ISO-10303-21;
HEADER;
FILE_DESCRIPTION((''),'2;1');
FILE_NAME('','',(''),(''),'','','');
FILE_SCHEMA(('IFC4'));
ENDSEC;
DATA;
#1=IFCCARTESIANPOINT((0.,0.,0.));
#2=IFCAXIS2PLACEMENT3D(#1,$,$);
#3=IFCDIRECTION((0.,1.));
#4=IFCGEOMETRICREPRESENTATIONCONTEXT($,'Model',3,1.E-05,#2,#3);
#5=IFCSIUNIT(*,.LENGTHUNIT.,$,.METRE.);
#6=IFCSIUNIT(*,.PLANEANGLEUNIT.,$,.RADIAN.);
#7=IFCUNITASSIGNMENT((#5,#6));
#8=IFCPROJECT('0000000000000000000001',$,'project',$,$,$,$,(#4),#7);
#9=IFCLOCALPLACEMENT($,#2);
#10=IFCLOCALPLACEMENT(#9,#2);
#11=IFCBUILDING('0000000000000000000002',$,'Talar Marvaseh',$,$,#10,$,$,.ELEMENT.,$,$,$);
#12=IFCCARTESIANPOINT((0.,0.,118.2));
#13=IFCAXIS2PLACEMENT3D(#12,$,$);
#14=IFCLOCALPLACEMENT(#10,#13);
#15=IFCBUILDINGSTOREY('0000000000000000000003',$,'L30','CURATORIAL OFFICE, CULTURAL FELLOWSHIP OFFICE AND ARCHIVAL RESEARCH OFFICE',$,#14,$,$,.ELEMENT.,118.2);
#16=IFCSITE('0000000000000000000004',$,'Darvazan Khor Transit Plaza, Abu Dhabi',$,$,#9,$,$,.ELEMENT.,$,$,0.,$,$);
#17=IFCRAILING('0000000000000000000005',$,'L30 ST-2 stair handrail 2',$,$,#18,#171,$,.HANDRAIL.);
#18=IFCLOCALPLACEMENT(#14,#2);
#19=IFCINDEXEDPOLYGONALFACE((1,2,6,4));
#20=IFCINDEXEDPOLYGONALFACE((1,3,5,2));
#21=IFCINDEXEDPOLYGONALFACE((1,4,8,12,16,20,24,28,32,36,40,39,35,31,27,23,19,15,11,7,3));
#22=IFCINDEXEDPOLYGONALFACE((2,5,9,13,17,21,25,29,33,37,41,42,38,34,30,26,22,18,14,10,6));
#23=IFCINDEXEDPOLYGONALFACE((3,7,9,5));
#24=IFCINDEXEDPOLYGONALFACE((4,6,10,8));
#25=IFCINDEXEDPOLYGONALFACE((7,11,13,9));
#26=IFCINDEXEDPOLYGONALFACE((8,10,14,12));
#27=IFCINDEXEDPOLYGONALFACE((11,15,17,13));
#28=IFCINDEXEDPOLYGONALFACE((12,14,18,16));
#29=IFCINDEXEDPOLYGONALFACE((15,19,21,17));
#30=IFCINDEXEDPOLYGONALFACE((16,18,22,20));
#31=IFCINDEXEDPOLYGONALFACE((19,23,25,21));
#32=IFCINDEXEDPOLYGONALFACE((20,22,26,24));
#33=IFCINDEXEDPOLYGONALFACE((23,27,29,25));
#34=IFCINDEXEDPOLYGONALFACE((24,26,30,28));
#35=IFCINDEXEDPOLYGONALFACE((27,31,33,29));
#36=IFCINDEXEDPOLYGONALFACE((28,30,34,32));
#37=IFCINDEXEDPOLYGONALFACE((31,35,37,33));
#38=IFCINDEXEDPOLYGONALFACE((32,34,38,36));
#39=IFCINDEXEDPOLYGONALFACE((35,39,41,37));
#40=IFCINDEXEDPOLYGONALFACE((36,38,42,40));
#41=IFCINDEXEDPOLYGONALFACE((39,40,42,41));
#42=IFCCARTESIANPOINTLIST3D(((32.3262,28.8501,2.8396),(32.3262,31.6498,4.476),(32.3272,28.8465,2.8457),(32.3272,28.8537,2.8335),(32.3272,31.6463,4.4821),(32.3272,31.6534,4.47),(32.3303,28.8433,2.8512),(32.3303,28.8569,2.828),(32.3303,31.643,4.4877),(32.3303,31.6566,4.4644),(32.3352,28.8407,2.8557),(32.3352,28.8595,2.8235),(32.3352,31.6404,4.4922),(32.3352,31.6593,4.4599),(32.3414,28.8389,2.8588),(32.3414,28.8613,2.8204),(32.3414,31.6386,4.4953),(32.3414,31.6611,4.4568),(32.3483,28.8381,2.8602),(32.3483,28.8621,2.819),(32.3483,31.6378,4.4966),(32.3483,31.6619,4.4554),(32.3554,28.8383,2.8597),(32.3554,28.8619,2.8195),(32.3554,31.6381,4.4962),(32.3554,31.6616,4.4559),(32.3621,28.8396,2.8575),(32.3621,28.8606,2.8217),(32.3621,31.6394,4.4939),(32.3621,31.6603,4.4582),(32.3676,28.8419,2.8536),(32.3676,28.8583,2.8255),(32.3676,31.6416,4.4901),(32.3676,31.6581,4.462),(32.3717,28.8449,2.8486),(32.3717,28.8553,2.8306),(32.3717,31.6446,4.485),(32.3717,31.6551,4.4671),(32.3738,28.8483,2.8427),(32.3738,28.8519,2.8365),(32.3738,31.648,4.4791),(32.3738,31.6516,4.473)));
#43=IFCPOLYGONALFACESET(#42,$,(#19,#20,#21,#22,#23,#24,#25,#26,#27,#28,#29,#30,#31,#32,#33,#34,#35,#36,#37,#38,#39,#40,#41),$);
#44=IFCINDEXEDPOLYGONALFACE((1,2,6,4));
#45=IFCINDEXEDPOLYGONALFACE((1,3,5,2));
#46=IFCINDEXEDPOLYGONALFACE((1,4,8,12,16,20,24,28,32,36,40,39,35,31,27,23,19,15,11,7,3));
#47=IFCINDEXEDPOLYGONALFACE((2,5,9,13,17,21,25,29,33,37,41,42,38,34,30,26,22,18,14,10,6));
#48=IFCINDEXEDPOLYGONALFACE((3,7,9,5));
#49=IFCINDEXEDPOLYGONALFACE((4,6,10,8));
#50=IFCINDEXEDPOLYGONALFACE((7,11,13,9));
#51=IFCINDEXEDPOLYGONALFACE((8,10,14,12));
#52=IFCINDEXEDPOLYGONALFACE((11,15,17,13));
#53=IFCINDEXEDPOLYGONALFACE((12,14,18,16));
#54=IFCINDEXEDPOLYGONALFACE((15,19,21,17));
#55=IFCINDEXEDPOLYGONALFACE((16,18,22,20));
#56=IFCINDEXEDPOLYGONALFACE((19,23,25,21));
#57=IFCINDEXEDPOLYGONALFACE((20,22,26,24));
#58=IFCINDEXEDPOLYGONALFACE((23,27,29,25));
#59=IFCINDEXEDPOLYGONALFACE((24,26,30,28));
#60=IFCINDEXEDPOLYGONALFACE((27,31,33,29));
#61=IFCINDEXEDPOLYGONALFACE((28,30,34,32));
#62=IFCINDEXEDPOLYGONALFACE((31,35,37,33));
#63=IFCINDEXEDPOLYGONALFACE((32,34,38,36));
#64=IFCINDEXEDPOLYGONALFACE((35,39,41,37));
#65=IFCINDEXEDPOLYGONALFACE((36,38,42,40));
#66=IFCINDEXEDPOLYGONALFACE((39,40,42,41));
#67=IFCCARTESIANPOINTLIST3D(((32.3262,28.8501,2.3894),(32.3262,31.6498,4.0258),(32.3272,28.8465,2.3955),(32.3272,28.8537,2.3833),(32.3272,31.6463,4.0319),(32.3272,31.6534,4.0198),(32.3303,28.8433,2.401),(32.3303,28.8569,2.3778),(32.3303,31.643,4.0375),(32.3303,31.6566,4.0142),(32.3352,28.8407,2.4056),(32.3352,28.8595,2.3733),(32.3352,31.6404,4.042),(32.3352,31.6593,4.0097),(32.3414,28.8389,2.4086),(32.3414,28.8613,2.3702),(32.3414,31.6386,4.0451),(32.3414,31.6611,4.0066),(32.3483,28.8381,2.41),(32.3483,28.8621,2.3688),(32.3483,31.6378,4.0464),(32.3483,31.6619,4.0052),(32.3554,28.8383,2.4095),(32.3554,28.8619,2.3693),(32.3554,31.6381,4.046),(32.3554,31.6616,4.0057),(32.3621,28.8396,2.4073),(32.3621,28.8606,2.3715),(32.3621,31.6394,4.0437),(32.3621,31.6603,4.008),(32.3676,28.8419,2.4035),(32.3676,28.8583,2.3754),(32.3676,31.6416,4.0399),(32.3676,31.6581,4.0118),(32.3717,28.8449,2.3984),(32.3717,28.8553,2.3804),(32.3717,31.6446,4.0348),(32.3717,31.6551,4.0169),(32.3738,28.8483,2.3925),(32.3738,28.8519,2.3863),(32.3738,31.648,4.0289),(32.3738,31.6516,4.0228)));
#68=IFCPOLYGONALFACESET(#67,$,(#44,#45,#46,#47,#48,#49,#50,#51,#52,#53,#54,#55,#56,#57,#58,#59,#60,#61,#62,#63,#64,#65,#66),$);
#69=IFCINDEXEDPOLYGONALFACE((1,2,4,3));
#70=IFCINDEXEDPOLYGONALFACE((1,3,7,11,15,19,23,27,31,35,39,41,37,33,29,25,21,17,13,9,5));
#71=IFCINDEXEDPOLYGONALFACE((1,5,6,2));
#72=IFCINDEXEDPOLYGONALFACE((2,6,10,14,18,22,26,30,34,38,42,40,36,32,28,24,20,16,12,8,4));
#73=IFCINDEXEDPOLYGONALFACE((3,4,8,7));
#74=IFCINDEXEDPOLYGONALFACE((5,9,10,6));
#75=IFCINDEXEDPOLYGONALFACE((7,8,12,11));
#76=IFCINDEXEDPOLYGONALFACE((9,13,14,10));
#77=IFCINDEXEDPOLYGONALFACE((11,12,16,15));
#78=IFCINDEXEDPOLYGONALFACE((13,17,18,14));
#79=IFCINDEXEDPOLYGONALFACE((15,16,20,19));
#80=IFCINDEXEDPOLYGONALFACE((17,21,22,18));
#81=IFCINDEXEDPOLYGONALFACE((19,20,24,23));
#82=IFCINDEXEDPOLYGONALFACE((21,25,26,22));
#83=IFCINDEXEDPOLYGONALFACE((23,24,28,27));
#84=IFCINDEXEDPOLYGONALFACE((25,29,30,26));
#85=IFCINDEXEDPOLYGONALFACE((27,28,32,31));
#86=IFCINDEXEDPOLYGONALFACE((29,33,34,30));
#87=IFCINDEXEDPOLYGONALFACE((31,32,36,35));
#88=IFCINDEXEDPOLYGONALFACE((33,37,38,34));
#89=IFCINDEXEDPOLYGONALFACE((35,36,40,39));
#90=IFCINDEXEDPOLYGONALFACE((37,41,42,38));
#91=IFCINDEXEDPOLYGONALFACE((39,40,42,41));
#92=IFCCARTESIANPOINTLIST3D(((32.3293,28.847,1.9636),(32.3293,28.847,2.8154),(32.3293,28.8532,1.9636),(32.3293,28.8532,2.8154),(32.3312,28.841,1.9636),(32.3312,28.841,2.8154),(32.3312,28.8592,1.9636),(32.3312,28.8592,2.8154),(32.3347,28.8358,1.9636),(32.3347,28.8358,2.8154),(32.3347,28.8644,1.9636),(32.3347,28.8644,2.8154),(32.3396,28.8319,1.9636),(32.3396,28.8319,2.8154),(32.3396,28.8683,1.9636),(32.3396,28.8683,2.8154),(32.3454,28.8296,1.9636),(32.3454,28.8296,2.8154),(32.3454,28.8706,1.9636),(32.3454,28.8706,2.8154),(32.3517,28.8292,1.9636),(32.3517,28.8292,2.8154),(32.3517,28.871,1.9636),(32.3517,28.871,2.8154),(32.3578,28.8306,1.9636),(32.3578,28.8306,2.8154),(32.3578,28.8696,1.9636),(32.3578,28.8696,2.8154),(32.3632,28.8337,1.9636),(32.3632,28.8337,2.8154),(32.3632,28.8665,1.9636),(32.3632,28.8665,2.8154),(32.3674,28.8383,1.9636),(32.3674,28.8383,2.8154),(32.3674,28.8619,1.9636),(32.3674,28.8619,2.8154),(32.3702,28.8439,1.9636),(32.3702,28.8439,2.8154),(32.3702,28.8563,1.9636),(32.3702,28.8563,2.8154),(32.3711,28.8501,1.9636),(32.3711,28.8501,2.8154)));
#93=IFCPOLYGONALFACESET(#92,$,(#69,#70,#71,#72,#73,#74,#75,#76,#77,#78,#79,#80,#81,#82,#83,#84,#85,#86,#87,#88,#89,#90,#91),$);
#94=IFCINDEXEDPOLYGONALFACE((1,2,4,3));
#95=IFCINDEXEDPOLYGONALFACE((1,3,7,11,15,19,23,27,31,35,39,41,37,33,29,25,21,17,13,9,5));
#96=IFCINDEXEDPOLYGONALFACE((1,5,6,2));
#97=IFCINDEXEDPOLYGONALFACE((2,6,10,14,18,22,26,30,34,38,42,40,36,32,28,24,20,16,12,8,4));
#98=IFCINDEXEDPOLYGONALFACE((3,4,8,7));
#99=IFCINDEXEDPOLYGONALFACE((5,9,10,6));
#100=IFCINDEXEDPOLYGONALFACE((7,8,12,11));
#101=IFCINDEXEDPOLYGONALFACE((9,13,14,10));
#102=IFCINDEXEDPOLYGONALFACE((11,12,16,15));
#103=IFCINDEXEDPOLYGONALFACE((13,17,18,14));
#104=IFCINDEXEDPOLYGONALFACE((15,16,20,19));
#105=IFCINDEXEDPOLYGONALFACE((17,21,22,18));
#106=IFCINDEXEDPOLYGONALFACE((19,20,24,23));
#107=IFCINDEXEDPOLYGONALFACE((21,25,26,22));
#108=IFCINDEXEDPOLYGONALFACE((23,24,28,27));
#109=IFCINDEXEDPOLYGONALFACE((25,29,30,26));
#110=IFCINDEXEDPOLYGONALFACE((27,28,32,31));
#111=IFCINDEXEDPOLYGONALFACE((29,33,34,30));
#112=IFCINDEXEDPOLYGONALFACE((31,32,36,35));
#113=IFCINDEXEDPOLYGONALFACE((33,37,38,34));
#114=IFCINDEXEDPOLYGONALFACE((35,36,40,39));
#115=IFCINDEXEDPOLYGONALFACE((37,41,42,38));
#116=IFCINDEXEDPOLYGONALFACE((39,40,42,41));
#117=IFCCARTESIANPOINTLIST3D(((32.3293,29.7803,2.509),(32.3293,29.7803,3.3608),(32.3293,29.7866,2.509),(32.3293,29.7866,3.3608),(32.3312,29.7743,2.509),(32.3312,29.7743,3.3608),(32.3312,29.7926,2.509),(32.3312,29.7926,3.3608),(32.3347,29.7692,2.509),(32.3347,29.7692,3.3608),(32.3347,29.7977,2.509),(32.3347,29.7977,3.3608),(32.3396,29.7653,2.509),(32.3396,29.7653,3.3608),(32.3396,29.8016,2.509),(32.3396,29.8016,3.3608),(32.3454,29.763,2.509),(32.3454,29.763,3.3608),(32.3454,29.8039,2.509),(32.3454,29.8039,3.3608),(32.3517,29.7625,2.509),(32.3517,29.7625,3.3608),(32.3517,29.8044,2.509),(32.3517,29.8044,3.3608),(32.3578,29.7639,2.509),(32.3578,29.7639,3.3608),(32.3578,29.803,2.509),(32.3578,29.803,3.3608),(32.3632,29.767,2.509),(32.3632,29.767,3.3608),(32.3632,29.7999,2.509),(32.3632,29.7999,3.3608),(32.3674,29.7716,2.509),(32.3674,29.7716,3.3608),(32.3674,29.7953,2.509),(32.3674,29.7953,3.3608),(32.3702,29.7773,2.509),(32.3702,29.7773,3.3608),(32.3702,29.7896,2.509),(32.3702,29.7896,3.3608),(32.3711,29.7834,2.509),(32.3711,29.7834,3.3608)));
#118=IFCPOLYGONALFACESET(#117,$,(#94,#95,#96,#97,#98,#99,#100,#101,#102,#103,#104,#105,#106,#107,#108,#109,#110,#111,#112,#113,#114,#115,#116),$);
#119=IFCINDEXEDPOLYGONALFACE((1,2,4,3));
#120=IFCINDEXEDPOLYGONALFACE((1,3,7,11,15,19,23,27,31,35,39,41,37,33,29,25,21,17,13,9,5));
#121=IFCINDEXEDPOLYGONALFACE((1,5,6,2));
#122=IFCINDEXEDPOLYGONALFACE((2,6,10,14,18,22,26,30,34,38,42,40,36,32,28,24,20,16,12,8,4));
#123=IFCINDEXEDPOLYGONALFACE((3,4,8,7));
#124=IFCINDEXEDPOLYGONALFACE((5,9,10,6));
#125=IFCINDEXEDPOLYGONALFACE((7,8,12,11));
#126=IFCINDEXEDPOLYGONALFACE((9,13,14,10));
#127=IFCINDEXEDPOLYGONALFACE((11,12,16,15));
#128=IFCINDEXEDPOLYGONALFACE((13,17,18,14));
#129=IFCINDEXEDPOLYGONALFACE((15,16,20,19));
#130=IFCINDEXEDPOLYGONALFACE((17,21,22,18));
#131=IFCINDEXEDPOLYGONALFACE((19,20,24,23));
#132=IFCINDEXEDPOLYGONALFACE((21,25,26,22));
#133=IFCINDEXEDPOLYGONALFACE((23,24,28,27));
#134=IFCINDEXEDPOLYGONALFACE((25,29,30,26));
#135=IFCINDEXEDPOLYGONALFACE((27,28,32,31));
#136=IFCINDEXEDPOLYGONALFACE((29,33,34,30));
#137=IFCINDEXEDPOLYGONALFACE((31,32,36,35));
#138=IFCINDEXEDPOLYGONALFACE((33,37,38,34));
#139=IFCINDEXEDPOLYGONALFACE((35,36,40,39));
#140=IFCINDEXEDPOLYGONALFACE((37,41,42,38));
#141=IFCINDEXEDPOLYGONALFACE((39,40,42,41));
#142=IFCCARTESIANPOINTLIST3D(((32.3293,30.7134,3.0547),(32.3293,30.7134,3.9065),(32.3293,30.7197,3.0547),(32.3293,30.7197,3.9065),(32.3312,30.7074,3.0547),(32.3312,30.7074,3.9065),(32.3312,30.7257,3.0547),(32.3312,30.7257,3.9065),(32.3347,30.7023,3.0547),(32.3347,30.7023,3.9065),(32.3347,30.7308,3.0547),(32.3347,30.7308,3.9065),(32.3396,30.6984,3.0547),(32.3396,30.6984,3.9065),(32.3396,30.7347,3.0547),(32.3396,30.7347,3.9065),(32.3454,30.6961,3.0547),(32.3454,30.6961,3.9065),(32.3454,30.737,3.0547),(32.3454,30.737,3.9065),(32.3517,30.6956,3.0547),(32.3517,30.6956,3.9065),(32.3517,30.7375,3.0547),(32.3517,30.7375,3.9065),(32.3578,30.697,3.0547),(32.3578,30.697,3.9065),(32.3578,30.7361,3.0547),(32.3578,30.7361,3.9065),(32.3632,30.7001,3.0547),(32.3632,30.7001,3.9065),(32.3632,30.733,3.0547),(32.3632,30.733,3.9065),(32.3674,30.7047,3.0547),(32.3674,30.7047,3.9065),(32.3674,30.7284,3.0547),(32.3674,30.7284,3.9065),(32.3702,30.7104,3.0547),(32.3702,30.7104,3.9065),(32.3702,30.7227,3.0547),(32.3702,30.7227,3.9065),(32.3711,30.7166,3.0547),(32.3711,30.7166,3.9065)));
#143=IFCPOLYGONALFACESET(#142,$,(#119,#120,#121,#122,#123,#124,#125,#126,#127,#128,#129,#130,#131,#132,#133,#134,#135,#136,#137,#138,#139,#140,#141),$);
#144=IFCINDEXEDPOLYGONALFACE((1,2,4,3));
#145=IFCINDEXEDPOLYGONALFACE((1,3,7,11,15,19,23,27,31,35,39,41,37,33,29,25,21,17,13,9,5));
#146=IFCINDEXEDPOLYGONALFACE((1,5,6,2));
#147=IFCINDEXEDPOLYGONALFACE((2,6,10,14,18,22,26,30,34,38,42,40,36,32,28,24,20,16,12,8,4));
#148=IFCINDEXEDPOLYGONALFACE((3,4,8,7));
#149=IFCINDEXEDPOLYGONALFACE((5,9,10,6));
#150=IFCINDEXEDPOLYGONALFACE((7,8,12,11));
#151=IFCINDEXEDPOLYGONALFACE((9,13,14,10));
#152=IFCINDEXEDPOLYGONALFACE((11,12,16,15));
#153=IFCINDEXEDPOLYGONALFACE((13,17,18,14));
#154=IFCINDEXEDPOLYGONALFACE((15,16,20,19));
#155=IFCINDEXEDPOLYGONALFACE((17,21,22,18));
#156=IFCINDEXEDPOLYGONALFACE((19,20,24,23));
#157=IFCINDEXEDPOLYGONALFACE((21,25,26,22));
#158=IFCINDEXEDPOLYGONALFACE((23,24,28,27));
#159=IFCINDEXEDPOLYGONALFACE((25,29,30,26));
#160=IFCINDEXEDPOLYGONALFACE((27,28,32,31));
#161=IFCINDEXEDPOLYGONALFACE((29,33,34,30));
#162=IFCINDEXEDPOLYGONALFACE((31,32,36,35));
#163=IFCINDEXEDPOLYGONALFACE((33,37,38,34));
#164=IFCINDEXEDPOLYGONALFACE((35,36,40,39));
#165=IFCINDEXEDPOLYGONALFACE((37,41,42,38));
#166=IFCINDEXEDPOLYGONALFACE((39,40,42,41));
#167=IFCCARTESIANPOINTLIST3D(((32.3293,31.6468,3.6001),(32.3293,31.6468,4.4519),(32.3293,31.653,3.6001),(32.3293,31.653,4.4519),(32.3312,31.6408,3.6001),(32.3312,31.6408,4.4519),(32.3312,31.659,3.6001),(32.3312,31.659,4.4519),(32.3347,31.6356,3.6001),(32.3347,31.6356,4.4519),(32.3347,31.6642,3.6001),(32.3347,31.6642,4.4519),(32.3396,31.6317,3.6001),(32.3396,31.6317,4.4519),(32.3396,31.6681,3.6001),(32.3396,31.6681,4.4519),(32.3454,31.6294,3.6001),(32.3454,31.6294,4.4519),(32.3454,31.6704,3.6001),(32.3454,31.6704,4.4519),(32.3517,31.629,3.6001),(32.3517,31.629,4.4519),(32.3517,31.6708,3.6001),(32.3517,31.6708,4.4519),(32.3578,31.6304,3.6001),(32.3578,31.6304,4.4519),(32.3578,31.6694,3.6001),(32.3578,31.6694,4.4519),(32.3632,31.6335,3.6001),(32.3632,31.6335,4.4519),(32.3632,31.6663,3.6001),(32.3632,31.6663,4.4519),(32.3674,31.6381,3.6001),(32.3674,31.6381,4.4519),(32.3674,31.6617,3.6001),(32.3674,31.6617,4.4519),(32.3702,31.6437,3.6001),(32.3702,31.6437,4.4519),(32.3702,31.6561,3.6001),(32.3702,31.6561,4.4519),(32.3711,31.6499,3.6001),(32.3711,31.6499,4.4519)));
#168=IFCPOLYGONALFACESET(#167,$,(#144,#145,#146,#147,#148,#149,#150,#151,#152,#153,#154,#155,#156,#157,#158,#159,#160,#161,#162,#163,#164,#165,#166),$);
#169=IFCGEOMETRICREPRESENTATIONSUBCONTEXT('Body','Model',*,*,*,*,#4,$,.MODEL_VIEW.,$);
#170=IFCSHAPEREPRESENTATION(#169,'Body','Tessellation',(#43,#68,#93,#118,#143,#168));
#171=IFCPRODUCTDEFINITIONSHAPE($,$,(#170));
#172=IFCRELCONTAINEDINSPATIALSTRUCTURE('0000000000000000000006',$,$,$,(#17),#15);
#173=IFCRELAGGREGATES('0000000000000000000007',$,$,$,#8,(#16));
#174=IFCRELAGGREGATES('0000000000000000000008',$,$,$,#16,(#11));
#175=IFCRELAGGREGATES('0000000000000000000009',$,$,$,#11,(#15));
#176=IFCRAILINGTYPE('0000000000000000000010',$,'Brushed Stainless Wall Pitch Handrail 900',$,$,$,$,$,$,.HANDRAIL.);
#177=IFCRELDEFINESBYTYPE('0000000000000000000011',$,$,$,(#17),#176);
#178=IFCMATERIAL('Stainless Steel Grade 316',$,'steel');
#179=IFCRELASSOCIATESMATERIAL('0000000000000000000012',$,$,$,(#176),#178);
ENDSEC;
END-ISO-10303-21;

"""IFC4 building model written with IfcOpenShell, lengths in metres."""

from ifc_helpers import new_model, si_unit, direction, frame, origin, origin_2d, place, context, subcontext, project, spatial, circle, extrude, material, type_object, element, save


model = new_model("IFC4")

# Units and contexts
model_context = context("Model", 3, precision=1e-05, world=origin(), true_north=direction((0.0, 1.0)))
body_context = subcontext(model_context, "Body", "Model", "MODEL_VIEW")
ifc_project = project(units=[si_unit("LENGTHUNIT", "METRE"), si_unit("PLANEANGLEUNIT", "RADIAN")], contexts=[model_context])

# Site, building, storey
site_placement = place(None, origin())
site = spatial("IfcSite", under=ifc_project, at=site_placement, Name="Darvazan Khor Transit Plaza, Abu Dhabi", CompositionType="ELEMENT", RefElevation=0.0)
building_placement = place(site_placement, origin())
building = spatial("IfcBuilding", under=site, at=building_placement, Name="Talar Marvaseh", CompositionType="ELEMENT")
storey_placement = place(building_placement, frame((0.0, 0.0, 118.2)))
storey = spatial("IfcBuildingStorey", under=building, at=storey_placement, Name="L30", Description="CURATORIAL OFFICE, CULTURAL FELLOWSHIP OFFICE AND ARCHIVAL RESEARCH OFFICE", CompositionType="ELEMENT", Elevation=118.2)

# Railing
ifc_material_1 = material(Name="Stainless Steel Grade 316", Category="steel")
railing_type_1 = type_object("IfcRailingType", Name="Brushed Stainless Wall Pitch Handrail 900", PredefinedType="HANDRAIL", material=ifc_material_1)
railing_1_placement = place(storey_placement, frame((32.3501, 28.8501, 1.9636)))
element("IfcRailing", 1, at=railing_1_placement, inside=storey, type_object=railing_type_1, Name="L30 ST-2 stair handrail 2", PredefinedType="HANDRAIL", context=body_context, shape_type="SweptSolid", body=[
    extrude(circle(Radius=0.0239, at=origin_2d()), frame((0.0, 0.0, 0.876), z_axis=(0.0, 0.863342, 0.50462), x_axis=(-1.0, 0.0, 0.0)), (0.0, 0.0, 1.0), 3.2429),
    extrude(circle(Radius=0.0239, at=origin_2d()), frame((0.0, 0.0, 0.4258), z_axis=(0.0, 0.863342, 0.50462), x_axis=(-1.0, 0.0, 0.0)), (0.0, 0.0, 1.0), 3.2429),
    extrude(circle(Radius=0.021, at=origin_2d()), origin(), (0.0, 0.0, 1.0), 0.8518),
    extrude(circle(Radius=0.021, at=origin_2d()), frame((0.0, 0.9333, 0.5454)), (0.0, 0.0, 1.0), 0.8518),
    extrude(circle(Radius=0.021, at=origin_2d()), frame((0.0, 1.8665, 1.0911)), (0.0, 0.0, 1.0), 0.8518),
    extrude(circle(Radius=0.021, at=origin_2d()), frame((0.0, 2.7998, 1.6365)), (0.0, 0.0, 1.0), 0.8518),
])

save(model, "model.ifc")
